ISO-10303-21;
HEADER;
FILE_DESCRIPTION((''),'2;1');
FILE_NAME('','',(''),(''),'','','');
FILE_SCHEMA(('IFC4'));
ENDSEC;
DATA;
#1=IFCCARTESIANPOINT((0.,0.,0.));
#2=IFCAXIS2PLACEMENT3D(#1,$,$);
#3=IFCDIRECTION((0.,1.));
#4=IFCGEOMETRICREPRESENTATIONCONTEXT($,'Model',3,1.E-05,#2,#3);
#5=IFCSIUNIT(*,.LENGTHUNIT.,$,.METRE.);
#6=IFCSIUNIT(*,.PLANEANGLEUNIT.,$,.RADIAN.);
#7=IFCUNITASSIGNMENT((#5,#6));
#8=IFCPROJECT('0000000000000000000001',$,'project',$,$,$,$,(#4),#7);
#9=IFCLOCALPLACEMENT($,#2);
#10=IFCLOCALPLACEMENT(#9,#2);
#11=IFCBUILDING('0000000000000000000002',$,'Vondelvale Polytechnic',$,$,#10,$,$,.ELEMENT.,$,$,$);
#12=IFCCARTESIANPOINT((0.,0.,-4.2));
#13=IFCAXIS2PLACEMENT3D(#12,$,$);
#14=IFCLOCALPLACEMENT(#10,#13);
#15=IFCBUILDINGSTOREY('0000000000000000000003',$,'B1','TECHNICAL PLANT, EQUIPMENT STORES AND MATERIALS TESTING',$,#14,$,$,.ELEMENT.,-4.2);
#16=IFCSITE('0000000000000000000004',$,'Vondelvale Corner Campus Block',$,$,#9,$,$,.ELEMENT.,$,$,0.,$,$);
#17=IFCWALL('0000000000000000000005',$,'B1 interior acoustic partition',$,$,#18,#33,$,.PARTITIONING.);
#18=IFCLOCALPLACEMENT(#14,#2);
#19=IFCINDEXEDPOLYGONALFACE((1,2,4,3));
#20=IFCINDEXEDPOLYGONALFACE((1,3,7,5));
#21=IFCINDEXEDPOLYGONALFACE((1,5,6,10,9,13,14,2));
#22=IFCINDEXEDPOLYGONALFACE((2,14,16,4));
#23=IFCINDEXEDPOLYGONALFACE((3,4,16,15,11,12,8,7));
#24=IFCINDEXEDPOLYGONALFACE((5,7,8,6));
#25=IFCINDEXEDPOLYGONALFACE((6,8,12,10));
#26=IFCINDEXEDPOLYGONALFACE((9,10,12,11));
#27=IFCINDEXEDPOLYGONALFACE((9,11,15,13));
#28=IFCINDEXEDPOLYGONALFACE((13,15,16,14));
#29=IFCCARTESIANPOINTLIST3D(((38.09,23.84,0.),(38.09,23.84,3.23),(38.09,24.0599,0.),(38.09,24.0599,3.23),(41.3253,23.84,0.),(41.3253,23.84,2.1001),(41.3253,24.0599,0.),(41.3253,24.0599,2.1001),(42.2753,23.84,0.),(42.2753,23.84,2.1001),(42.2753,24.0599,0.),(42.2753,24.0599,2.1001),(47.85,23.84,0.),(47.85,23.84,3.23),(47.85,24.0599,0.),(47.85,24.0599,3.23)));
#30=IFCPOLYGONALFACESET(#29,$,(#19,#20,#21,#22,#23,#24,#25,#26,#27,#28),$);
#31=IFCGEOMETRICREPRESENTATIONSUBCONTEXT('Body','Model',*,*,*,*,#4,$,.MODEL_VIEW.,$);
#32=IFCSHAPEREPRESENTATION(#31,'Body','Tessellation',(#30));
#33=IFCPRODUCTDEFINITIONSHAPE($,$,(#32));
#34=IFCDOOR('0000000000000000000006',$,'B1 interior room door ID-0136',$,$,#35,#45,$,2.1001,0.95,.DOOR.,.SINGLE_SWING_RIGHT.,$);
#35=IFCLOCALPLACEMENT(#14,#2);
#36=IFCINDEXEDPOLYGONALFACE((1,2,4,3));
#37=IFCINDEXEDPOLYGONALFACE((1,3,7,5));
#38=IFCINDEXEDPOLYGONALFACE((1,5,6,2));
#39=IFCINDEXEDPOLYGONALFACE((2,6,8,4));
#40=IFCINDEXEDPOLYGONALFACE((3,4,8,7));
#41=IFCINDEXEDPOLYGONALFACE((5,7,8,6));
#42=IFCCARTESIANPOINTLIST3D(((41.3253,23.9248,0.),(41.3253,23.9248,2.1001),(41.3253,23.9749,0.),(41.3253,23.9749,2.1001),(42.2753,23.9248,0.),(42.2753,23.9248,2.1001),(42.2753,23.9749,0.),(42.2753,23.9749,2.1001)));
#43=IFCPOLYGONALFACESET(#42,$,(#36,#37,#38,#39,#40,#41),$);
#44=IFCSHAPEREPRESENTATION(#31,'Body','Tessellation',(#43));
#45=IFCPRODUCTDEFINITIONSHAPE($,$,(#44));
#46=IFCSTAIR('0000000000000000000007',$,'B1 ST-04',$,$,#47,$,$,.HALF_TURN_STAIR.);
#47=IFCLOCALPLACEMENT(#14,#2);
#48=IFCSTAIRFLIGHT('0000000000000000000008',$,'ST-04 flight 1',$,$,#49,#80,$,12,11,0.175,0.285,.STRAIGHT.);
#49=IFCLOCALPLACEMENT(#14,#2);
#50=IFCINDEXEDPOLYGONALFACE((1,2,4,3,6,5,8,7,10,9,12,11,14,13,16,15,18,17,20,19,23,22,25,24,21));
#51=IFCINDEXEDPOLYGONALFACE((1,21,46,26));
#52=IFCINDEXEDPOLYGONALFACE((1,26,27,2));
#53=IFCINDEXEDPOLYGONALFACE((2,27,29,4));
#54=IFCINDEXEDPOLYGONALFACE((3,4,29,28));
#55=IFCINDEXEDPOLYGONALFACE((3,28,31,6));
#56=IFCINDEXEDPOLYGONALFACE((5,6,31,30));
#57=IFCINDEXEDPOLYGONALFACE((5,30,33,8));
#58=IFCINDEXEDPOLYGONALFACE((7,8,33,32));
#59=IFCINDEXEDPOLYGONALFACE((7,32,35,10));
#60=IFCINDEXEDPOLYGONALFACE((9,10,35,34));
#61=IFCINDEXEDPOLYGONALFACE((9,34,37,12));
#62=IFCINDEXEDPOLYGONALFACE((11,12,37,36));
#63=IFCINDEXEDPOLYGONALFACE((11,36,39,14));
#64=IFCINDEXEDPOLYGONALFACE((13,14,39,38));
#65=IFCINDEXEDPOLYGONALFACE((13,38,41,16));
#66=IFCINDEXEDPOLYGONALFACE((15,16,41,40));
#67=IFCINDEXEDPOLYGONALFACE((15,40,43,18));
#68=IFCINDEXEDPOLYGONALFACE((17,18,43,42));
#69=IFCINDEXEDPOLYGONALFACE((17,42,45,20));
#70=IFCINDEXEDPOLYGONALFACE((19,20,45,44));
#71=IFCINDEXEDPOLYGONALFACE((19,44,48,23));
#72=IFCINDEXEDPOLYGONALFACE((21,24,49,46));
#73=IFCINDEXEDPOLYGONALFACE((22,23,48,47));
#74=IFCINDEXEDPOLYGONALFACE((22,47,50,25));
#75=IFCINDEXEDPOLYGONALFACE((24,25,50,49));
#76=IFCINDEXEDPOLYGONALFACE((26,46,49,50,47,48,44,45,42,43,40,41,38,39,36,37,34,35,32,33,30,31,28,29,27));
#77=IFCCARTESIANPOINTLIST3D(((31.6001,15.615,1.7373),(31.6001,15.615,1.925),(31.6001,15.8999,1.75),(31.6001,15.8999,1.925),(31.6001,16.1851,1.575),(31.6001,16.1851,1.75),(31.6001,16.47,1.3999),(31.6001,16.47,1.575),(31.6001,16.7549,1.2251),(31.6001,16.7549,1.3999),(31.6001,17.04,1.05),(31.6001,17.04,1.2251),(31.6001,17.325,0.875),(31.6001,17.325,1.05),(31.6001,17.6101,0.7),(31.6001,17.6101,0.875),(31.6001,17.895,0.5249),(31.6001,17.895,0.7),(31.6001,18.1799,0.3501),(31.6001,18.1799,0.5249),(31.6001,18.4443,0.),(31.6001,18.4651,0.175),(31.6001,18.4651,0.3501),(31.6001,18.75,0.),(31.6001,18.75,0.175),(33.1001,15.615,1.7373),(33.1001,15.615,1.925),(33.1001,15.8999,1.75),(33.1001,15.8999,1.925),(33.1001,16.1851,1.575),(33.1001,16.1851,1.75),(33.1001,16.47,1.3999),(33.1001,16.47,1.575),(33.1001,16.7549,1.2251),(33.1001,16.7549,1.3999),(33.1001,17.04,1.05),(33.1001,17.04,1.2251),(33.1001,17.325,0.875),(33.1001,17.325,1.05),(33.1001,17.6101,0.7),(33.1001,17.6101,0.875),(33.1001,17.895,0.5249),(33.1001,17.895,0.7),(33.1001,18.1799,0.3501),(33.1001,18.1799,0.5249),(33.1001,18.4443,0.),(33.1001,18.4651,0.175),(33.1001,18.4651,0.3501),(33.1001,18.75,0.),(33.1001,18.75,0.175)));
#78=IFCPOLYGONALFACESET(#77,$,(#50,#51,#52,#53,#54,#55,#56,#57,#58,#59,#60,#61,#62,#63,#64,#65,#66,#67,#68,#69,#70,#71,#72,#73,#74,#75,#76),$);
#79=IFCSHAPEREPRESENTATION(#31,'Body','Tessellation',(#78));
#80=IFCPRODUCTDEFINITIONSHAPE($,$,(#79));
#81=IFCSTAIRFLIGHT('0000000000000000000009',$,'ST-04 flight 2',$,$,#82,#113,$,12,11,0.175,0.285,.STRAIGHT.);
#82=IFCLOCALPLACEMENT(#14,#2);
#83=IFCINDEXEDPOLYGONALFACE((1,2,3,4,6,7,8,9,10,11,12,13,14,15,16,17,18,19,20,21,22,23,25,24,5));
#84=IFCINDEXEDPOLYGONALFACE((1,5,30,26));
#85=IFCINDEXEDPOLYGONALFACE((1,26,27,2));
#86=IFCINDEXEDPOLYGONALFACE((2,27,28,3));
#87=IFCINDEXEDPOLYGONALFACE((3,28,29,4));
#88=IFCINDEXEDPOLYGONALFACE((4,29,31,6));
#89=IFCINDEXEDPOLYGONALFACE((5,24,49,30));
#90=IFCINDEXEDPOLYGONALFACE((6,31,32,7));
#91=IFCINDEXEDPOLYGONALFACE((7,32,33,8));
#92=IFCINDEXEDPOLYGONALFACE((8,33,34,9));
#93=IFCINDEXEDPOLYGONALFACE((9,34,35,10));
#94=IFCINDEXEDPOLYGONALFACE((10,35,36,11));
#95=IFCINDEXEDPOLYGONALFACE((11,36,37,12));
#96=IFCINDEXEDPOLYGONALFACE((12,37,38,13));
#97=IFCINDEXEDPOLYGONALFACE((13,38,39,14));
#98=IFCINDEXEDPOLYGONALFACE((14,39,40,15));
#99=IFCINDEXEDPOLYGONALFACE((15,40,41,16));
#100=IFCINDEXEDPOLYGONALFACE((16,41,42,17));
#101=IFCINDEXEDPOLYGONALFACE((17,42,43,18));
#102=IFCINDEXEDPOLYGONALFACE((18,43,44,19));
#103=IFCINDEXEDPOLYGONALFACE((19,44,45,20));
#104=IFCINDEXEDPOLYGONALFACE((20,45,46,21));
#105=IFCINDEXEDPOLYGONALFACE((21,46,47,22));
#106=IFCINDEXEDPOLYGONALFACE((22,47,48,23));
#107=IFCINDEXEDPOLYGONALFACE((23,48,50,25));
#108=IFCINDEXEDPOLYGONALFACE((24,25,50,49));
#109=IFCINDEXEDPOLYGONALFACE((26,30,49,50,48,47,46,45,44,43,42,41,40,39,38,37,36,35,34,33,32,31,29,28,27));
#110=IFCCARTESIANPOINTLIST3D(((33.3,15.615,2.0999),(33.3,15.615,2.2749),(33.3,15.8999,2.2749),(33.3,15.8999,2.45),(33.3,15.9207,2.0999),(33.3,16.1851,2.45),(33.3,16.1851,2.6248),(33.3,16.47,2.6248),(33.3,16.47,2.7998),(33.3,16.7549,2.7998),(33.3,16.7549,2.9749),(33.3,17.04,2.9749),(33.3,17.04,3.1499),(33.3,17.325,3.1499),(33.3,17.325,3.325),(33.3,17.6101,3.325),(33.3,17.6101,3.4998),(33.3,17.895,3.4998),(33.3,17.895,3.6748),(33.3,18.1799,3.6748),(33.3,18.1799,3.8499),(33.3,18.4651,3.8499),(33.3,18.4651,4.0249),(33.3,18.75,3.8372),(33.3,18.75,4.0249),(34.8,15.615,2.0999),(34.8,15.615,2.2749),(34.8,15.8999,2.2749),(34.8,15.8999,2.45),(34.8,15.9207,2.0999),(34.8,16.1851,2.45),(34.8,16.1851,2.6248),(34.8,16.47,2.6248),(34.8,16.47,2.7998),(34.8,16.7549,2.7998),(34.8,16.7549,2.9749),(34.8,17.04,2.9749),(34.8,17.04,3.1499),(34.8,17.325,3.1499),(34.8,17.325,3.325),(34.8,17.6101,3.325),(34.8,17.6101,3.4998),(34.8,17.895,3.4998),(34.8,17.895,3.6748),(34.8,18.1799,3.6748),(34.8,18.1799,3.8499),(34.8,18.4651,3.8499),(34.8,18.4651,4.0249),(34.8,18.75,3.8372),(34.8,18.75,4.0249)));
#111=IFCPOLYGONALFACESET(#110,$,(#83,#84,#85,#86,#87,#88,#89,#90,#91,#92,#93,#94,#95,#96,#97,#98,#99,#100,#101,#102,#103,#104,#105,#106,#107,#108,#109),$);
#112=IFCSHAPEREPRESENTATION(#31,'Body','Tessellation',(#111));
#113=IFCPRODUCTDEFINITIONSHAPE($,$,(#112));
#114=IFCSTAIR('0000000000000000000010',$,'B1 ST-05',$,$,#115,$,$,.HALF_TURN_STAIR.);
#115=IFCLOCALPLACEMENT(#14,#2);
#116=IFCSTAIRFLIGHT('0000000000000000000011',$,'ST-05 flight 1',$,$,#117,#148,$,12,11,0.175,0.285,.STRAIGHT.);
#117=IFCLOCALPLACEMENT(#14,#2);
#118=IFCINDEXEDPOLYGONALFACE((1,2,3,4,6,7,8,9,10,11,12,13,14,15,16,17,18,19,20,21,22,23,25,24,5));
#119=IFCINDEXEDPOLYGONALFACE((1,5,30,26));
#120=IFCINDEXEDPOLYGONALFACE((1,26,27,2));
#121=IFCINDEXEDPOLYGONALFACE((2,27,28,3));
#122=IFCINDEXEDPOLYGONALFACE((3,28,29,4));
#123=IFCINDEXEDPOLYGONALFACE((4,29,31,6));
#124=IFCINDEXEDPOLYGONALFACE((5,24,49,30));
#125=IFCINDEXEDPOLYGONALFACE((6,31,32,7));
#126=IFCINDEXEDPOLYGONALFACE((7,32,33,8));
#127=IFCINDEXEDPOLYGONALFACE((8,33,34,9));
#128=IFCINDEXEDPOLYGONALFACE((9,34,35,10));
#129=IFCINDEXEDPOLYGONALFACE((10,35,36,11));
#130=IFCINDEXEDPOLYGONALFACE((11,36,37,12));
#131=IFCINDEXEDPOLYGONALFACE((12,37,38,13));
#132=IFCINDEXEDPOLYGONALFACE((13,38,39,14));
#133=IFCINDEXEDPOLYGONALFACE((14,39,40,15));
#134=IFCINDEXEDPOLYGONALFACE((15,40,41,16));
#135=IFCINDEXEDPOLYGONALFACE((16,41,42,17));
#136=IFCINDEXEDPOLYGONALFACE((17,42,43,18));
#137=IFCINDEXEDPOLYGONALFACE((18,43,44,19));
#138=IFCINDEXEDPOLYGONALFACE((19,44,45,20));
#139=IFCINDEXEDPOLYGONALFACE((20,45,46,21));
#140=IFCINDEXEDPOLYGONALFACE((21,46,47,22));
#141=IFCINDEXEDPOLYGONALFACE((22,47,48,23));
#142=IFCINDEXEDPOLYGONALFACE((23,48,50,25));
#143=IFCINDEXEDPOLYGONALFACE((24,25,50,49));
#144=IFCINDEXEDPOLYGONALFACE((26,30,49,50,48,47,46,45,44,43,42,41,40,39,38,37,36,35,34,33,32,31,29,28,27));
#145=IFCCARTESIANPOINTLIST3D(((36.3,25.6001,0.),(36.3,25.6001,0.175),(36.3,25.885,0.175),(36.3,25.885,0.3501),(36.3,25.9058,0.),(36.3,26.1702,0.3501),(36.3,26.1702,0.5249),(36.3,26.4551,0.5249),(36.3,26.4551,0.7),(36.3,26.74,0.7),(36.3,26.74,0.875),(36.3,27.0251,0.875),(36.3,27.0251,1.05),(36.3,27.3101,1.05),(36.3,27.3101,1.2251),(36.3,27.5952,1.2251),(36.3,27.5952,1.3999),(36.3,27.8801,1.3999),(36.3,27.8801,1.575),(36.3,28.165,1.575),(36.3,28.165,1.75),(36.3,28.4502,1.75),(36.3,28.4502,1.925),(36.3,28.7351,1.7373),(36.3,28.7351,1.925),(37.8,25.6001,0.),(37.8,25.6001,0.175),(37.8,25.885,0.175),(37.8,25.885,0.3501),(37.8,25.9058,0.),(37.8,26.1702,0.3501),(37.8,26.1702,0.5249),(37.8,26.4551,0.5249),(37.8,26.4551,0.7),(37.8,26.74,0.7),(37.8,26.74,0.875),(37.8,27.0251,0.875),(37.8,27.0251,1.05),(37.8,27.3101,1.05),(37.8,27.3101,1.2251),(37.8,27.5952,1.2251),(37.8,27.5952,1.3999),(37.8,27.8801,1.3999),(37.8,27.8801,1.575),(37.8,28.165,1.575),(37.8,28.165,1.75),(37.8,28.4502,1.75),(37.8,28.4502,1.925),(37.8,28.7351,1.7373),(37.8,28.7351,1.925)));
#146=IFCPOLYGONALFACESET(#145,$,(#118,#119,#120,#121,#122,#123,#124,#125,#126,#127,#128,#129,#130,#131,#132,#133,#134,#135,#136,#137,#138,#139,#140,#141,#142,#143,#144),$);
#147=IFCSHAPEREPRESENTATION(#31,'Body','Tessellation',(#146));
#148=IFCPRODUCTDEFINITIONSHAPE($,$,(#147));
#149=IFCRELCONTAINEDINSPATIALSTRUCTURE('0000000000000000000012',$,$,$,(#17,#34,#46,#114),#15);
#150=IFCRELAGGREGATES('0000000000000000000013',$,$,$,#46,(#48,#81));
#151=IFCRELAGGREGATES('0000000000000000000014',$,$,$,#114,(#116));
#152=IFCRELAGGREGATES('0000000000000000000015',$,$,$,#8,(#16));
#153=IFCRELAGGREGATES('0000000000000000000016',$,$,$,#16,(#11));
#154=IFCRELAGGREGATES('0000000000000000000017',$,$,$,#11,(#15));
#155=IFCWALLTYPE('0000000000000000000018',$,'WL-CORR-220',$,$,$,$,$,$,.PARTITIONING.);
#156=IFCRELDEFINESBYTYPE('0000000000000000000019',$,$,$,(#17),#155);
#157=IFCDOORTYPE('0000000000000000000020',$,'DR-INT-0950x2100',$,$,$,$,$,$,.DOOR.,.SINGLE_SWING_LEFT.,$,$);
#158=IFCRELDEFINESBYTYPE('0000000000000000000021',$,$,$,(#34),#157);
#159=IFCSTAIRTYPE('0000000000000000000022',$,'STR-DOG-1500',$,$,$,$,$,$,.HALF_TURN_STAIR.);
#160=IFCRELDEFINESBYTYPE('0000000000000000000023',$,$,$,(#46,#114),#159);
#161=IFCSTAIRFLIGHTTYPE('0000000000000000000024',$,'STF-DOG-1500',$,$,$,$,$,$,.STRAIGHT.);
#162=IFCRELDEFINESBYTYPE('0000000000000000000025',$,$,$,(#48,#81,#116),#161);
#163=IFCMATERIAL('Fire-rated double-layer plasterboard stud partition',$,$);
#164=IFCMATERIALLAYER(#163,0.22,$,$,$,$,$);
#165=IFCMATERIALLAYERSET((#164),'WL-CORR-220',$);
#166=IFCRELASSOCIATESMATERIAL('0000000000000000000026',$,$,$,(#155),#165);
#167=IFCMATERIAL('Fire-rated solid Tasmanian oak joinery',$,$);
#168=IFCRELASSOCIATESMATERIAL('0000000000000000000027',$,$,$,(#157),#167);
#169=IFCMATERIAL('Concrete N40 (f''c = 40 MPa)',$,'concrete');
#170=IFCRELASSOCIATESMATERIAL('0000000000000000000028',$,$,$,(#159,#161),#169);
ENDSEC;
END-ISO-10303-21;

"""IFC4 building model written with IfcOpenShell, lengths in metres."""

from ifc_helpers import new_model, si_unit, direction, frame, frame_2d, origin, place, context, subcontext, project, spatial, polyline, rectangle, outline, extrude, material, layer, layer_set, type_object, element, fill, aggregate, save


model = new_model("IFC4")

# Units and contexts
model_context = context("Model", 3, precision=1e-05, world=origin(), true_north=direction((0.0, 1.0)))
body_context = subcontext(model_context, "Body", "Model", "MODEL_VIEW")
ifc_project = project(units=[si_unit("LENGTHUNIT", "METRE"), si_unit("PLANEANGLEUNIT", "RADIAN")], contexts=[model_context])

# Site, building, storey
site_placement = place(None, origin())
site = spatial("IfcSite", under=ifc_project, at=site_placement, Name="Vondelvale Corner Campus Block", CompositionType="ELEMENT", RefElevation=0.0)
building_placement = place(site_placement, origin())
building = spatial("IfcBuilding", under=site, at=building_placement, Name="Vondelvale Polytechnic", CompositionType="ELEMENT")
storey_placement = place(building_placement, frame((0.0, 0.0, -4.2)))
storey = spatial("IfcBuildingStorey", under=building, at=storey_placement, Name="B1", Description="TECHNICAL PLANT, EQUIPMENT STORES AND MATERIALS TESTING", CompositionType="ELEMENT", Elevation=-4.2)

# Shared definitions
ifc_material_1 = material(Name="Concrete N40 (f'c = 40 MPa)", Category="concrete")

# Wall, opening, door
ifc_material_2 = material(Name="Fire-rated double-layer plasterboard stud partition")
ifc_layer_1 = layer(ifc_material_2, 0.22)
ifc_layer_set_1 = layer_set([ifc_layer_1], Name="WL-CORR-220")
wall_type_1 = type_object("IfcWallType", Name="WL-CORR-220", PredefinedType="PARTITIONING", material=ifc_layer_set_1)
ifc_material_3 = material(Name="Fire-rated solid Tasmanian oak joinery")
door_type_1 = type_object("IfcDoorType", Name="DR-INT-0950x2100", OperationType="SINGLE_SWING_LEFT", PredefinedType="DOOR", material=ifc_material_3)
wall_1_placement = place(storey_placement, frame((38.0901, 23.95, 0.0), z_axis=(0.0, 0.0, 1.0), x_axis=(1.0, 0.0, 0.0)))
wall_1 = element("IfcWall", 1, at=wall_1_placement, inside=storey, type_object=wall_type_1, Name="B1 interior acoustic partition", PredefinedType="PARTITIONING", context=body_context, shape_type="SweptSolid", body=[
    extrude(rectangle(XDim=9.76, YDim=0.22, at=frame_2d((4.8799, 0.0))), origin(), (0.0, 0.0, 1.0), 3.23),
])
opening_1_placement = place(wall_1_placement, frame((3.2351, 0.0, 0.0)))
opening_1 = element("IfcOpeningElement", 2, at=opening_1_placement, cuts=wall_1, PredefinedType="OPENING", context=body_context, shape_type="SweptSolid", body=[
    extrude(rectangle(XDim=0.95, YDim=2.1001, at=frame_2d((0.4751, 1.05))), frame((0.0, 0.1199, 0.0), z_axis=(0.0, -1.0, 0.0), x_axis=(1.0, 0.0, 0.0)), (0.0, 0.0, 1.0), 0.24),
])
door_1_placement = place(opening_1_placement, origin())
door_1 = element("IfcDoor", 3, at=door_1_placement, inside=storey, type_object=door_type_1, Name="B1 interior room door ID-0136", OperationType="SINGLE_SWING_RIGHT", OverallHeight=2.1001, OverallWidth=0.95, PredefinedType="DOOR", context=body_context, shape_type="SweptSolid", body=[
    extrude(rectangle(XDim=0.95, YDim=2.1001, at=frame_2d((0.4751, 1.05))), frame((0.0, 0.0249, 0.0), z_axis=(0.0, -1.0, 0.0), x_axis=(1.0, 0.0, 0.0)), (0.0, 0.0, 1.0), 0.05),
])
fill(opening_1, door_1)

# Stairs, stair flights
stair_type = type_object("IfcStairType", Name="STR-DOG-1500", PredefinedType="HALF_TURN_STAIR", material=ifc_material_1)
stair_1_placement = place(storey_placement, origin())
stair_1 = element("IfcStair", 4, at=stair_1_placement, inside=storey, type_object=stair_type, Name="B1 ST-04", PredefinedType="HALF_TURN_STAIR")
stair_flight_type = type_object("IfcStairFlightType", Name="STF-DOG-1500", PredefinedType="STRAIGHT", material=ifc_material_1)
stair_flight_1_placement = place(storey_placement, frame((32.3501, 18.75, 0.0), z_axis=(0.0, 0.0, 1.0), x_axis=(0.0, -1.0, 0.0)))
stair_flight_1 = element("IfcStairFlight", 5, at=stair_flight_1_placement, type_object=stair_flight_type, Name="ST-04 flight 1", NumberOfRisers=12, NumberOfTreads=11, PredefinedType="STRAIGHT", RiserHeight=0.175, TreadLength=0.285, context=body_context, shape_type="SweptSolid", body=[
    extrude(outline(polyline([(0.0, 0.0), (0.0, 0.175), (0.2849, 0.175), (0.2849, 0.3501), (0.5701, 0.3501), (0.5701, 0.5249), (0.855, 0.5249), (0.855, 0.7), (1.1399, 0.7), (1.1399, 0.875), (1.425, 0.875), (1.425, 1.05), (1.71, 1.05), (1.71, 1.2251), (1.9951, 1.2251), (1.9951, 1.3999), (2.28, 1.3999), (2.28, 1.575), (2.5649, 1.575), (2.5649, 1.75), (2.8501, 1.75), (2.8501, 1.925), (3.135, 1.925), (3.135, 2.1001), (3.135, 1.7373), (0.3057, 0.0), (0.0, 0.0)])), frame((0.0, 0.75, 0.0), z_axis=(0.0, -1.0, 0.0), x_axis=(1.0, 0.0, 0.0)), (0.0, 0.0, 1.0), 1.5),
])
stair_flight_2_placement = place(storey_placement, frame((34.05, 15.615, 2.0999), z_axis=(0.0, 0.0, 1.0), x_axis=(0.0, 1.0, 0.0)))
stair_flight_2 = element("IfcStairFlight", 6, at=stair_flight_2_placement, type_object=stair_flight_type, Name="ST-04 flight 2", NumberOfRisers=12, NumberOfTreads=11, PredefinedType="STRAIGHT", RiserHeight=0.175, TreadLength=0.285, context=body_context, shape_type="SweptSolid", body=[
    extrude(outline(polyline([(0.0, 0.0), (0.0, 0.175), (0.2849, 0.175), (0.2849, 0.3501), (0.5701, 0.3501), (0.5701, 0.5249), (0.855, 0.5249), (0.855, 0.7), (1.1399, 0.7), (1.1399, 0.875), (1.425, 0.875), (1.425, 1.05), (1.71, 1.05), (1.71, 1.2251), (1.9951, 1.2251), (1.9951, 1.3999), (2.28, 1.3999), (2.28, 1.575), (2.5649, 1.575), (2.5649, 1.75), (2.8501, 1.75), (2.8501, 1.925), (3.135, 1.925), (3.135, 2.1001), (3.135, 1.7373), (0.3057, 0.0), (0.0, 0.0)])), frame((0.0, 0.75, 0.0), z_axis=(0.0, -1.0, 0.0), x_axis=(1.0, 0.0, 0.0)), (0.0, 0.0, 1.0), 1.5),
])
aggregate(stair_1, [stair_flight_1, stair_flight_2])
stair_2_placement = place(storey_placement, origin())
stair_2 = element("IfcStair", 7, at=stair_2_placement, inside=storey, type_object=stair_type, Name="B1 ST-05", PredefinedType="HALF_TURN_STAIR")
stair_flight_3_placement = place(storey_placement, frame((37.05, 25.6001, 0.0), z_axis=(0.0, 0.0, 1.0), x_axis=(0.0, 1.0, 0.0)))
stair_flight_3 = element("IfcStairFlight", 8, at=stair_flight_3_placement, type_object=stair_flight_type, Name="ST-05 flight 1", NumberOfRisers=12, NumberOfTreads=11, PredefinedType="STRAIGHT", RiserHeight=0.175, TreadLength=0.285, context=body_context, shape_type="SweptSolid", body=[
    extrude(outline(polyline([(0.0, 0.0), (0.0, 0.175), (0.2849, 0.175), (0.2849, 0.3501), (0.5701, 0.3501), (0.5701, 0.5249), (0.855, 0.5249), (0.855, 0.7), (1.1399, 0.7), (1.1399, 0.875), (1.425, 0.875), (1.425, 1.05), (1.71, 1.05), (1.71, 1.2251), (1.9951, 1.2251), (1.9951, 1.3999), (2.28, 1.3999), (2.28, 1.575), (2.5649, 1.575), (2.5649, 1.75), (2.8501, 1.75), (2.8501, 1.925), (3.135, 1.925), (3.135, 2.1001), (3.135, 1.7373), (0.3057, 0.0), (0.0, 0.0)])), frame((0.0, 0.75, 0.0), z_axis=(0.0, -1.0, 0.0), x_axis=(1.0, 0.0, 0.0)), (0.0, 0.0, 1.0), 1.5),
])
aggregate(stair_2, [stair_flight_3])

save(model, "model.ifc")
